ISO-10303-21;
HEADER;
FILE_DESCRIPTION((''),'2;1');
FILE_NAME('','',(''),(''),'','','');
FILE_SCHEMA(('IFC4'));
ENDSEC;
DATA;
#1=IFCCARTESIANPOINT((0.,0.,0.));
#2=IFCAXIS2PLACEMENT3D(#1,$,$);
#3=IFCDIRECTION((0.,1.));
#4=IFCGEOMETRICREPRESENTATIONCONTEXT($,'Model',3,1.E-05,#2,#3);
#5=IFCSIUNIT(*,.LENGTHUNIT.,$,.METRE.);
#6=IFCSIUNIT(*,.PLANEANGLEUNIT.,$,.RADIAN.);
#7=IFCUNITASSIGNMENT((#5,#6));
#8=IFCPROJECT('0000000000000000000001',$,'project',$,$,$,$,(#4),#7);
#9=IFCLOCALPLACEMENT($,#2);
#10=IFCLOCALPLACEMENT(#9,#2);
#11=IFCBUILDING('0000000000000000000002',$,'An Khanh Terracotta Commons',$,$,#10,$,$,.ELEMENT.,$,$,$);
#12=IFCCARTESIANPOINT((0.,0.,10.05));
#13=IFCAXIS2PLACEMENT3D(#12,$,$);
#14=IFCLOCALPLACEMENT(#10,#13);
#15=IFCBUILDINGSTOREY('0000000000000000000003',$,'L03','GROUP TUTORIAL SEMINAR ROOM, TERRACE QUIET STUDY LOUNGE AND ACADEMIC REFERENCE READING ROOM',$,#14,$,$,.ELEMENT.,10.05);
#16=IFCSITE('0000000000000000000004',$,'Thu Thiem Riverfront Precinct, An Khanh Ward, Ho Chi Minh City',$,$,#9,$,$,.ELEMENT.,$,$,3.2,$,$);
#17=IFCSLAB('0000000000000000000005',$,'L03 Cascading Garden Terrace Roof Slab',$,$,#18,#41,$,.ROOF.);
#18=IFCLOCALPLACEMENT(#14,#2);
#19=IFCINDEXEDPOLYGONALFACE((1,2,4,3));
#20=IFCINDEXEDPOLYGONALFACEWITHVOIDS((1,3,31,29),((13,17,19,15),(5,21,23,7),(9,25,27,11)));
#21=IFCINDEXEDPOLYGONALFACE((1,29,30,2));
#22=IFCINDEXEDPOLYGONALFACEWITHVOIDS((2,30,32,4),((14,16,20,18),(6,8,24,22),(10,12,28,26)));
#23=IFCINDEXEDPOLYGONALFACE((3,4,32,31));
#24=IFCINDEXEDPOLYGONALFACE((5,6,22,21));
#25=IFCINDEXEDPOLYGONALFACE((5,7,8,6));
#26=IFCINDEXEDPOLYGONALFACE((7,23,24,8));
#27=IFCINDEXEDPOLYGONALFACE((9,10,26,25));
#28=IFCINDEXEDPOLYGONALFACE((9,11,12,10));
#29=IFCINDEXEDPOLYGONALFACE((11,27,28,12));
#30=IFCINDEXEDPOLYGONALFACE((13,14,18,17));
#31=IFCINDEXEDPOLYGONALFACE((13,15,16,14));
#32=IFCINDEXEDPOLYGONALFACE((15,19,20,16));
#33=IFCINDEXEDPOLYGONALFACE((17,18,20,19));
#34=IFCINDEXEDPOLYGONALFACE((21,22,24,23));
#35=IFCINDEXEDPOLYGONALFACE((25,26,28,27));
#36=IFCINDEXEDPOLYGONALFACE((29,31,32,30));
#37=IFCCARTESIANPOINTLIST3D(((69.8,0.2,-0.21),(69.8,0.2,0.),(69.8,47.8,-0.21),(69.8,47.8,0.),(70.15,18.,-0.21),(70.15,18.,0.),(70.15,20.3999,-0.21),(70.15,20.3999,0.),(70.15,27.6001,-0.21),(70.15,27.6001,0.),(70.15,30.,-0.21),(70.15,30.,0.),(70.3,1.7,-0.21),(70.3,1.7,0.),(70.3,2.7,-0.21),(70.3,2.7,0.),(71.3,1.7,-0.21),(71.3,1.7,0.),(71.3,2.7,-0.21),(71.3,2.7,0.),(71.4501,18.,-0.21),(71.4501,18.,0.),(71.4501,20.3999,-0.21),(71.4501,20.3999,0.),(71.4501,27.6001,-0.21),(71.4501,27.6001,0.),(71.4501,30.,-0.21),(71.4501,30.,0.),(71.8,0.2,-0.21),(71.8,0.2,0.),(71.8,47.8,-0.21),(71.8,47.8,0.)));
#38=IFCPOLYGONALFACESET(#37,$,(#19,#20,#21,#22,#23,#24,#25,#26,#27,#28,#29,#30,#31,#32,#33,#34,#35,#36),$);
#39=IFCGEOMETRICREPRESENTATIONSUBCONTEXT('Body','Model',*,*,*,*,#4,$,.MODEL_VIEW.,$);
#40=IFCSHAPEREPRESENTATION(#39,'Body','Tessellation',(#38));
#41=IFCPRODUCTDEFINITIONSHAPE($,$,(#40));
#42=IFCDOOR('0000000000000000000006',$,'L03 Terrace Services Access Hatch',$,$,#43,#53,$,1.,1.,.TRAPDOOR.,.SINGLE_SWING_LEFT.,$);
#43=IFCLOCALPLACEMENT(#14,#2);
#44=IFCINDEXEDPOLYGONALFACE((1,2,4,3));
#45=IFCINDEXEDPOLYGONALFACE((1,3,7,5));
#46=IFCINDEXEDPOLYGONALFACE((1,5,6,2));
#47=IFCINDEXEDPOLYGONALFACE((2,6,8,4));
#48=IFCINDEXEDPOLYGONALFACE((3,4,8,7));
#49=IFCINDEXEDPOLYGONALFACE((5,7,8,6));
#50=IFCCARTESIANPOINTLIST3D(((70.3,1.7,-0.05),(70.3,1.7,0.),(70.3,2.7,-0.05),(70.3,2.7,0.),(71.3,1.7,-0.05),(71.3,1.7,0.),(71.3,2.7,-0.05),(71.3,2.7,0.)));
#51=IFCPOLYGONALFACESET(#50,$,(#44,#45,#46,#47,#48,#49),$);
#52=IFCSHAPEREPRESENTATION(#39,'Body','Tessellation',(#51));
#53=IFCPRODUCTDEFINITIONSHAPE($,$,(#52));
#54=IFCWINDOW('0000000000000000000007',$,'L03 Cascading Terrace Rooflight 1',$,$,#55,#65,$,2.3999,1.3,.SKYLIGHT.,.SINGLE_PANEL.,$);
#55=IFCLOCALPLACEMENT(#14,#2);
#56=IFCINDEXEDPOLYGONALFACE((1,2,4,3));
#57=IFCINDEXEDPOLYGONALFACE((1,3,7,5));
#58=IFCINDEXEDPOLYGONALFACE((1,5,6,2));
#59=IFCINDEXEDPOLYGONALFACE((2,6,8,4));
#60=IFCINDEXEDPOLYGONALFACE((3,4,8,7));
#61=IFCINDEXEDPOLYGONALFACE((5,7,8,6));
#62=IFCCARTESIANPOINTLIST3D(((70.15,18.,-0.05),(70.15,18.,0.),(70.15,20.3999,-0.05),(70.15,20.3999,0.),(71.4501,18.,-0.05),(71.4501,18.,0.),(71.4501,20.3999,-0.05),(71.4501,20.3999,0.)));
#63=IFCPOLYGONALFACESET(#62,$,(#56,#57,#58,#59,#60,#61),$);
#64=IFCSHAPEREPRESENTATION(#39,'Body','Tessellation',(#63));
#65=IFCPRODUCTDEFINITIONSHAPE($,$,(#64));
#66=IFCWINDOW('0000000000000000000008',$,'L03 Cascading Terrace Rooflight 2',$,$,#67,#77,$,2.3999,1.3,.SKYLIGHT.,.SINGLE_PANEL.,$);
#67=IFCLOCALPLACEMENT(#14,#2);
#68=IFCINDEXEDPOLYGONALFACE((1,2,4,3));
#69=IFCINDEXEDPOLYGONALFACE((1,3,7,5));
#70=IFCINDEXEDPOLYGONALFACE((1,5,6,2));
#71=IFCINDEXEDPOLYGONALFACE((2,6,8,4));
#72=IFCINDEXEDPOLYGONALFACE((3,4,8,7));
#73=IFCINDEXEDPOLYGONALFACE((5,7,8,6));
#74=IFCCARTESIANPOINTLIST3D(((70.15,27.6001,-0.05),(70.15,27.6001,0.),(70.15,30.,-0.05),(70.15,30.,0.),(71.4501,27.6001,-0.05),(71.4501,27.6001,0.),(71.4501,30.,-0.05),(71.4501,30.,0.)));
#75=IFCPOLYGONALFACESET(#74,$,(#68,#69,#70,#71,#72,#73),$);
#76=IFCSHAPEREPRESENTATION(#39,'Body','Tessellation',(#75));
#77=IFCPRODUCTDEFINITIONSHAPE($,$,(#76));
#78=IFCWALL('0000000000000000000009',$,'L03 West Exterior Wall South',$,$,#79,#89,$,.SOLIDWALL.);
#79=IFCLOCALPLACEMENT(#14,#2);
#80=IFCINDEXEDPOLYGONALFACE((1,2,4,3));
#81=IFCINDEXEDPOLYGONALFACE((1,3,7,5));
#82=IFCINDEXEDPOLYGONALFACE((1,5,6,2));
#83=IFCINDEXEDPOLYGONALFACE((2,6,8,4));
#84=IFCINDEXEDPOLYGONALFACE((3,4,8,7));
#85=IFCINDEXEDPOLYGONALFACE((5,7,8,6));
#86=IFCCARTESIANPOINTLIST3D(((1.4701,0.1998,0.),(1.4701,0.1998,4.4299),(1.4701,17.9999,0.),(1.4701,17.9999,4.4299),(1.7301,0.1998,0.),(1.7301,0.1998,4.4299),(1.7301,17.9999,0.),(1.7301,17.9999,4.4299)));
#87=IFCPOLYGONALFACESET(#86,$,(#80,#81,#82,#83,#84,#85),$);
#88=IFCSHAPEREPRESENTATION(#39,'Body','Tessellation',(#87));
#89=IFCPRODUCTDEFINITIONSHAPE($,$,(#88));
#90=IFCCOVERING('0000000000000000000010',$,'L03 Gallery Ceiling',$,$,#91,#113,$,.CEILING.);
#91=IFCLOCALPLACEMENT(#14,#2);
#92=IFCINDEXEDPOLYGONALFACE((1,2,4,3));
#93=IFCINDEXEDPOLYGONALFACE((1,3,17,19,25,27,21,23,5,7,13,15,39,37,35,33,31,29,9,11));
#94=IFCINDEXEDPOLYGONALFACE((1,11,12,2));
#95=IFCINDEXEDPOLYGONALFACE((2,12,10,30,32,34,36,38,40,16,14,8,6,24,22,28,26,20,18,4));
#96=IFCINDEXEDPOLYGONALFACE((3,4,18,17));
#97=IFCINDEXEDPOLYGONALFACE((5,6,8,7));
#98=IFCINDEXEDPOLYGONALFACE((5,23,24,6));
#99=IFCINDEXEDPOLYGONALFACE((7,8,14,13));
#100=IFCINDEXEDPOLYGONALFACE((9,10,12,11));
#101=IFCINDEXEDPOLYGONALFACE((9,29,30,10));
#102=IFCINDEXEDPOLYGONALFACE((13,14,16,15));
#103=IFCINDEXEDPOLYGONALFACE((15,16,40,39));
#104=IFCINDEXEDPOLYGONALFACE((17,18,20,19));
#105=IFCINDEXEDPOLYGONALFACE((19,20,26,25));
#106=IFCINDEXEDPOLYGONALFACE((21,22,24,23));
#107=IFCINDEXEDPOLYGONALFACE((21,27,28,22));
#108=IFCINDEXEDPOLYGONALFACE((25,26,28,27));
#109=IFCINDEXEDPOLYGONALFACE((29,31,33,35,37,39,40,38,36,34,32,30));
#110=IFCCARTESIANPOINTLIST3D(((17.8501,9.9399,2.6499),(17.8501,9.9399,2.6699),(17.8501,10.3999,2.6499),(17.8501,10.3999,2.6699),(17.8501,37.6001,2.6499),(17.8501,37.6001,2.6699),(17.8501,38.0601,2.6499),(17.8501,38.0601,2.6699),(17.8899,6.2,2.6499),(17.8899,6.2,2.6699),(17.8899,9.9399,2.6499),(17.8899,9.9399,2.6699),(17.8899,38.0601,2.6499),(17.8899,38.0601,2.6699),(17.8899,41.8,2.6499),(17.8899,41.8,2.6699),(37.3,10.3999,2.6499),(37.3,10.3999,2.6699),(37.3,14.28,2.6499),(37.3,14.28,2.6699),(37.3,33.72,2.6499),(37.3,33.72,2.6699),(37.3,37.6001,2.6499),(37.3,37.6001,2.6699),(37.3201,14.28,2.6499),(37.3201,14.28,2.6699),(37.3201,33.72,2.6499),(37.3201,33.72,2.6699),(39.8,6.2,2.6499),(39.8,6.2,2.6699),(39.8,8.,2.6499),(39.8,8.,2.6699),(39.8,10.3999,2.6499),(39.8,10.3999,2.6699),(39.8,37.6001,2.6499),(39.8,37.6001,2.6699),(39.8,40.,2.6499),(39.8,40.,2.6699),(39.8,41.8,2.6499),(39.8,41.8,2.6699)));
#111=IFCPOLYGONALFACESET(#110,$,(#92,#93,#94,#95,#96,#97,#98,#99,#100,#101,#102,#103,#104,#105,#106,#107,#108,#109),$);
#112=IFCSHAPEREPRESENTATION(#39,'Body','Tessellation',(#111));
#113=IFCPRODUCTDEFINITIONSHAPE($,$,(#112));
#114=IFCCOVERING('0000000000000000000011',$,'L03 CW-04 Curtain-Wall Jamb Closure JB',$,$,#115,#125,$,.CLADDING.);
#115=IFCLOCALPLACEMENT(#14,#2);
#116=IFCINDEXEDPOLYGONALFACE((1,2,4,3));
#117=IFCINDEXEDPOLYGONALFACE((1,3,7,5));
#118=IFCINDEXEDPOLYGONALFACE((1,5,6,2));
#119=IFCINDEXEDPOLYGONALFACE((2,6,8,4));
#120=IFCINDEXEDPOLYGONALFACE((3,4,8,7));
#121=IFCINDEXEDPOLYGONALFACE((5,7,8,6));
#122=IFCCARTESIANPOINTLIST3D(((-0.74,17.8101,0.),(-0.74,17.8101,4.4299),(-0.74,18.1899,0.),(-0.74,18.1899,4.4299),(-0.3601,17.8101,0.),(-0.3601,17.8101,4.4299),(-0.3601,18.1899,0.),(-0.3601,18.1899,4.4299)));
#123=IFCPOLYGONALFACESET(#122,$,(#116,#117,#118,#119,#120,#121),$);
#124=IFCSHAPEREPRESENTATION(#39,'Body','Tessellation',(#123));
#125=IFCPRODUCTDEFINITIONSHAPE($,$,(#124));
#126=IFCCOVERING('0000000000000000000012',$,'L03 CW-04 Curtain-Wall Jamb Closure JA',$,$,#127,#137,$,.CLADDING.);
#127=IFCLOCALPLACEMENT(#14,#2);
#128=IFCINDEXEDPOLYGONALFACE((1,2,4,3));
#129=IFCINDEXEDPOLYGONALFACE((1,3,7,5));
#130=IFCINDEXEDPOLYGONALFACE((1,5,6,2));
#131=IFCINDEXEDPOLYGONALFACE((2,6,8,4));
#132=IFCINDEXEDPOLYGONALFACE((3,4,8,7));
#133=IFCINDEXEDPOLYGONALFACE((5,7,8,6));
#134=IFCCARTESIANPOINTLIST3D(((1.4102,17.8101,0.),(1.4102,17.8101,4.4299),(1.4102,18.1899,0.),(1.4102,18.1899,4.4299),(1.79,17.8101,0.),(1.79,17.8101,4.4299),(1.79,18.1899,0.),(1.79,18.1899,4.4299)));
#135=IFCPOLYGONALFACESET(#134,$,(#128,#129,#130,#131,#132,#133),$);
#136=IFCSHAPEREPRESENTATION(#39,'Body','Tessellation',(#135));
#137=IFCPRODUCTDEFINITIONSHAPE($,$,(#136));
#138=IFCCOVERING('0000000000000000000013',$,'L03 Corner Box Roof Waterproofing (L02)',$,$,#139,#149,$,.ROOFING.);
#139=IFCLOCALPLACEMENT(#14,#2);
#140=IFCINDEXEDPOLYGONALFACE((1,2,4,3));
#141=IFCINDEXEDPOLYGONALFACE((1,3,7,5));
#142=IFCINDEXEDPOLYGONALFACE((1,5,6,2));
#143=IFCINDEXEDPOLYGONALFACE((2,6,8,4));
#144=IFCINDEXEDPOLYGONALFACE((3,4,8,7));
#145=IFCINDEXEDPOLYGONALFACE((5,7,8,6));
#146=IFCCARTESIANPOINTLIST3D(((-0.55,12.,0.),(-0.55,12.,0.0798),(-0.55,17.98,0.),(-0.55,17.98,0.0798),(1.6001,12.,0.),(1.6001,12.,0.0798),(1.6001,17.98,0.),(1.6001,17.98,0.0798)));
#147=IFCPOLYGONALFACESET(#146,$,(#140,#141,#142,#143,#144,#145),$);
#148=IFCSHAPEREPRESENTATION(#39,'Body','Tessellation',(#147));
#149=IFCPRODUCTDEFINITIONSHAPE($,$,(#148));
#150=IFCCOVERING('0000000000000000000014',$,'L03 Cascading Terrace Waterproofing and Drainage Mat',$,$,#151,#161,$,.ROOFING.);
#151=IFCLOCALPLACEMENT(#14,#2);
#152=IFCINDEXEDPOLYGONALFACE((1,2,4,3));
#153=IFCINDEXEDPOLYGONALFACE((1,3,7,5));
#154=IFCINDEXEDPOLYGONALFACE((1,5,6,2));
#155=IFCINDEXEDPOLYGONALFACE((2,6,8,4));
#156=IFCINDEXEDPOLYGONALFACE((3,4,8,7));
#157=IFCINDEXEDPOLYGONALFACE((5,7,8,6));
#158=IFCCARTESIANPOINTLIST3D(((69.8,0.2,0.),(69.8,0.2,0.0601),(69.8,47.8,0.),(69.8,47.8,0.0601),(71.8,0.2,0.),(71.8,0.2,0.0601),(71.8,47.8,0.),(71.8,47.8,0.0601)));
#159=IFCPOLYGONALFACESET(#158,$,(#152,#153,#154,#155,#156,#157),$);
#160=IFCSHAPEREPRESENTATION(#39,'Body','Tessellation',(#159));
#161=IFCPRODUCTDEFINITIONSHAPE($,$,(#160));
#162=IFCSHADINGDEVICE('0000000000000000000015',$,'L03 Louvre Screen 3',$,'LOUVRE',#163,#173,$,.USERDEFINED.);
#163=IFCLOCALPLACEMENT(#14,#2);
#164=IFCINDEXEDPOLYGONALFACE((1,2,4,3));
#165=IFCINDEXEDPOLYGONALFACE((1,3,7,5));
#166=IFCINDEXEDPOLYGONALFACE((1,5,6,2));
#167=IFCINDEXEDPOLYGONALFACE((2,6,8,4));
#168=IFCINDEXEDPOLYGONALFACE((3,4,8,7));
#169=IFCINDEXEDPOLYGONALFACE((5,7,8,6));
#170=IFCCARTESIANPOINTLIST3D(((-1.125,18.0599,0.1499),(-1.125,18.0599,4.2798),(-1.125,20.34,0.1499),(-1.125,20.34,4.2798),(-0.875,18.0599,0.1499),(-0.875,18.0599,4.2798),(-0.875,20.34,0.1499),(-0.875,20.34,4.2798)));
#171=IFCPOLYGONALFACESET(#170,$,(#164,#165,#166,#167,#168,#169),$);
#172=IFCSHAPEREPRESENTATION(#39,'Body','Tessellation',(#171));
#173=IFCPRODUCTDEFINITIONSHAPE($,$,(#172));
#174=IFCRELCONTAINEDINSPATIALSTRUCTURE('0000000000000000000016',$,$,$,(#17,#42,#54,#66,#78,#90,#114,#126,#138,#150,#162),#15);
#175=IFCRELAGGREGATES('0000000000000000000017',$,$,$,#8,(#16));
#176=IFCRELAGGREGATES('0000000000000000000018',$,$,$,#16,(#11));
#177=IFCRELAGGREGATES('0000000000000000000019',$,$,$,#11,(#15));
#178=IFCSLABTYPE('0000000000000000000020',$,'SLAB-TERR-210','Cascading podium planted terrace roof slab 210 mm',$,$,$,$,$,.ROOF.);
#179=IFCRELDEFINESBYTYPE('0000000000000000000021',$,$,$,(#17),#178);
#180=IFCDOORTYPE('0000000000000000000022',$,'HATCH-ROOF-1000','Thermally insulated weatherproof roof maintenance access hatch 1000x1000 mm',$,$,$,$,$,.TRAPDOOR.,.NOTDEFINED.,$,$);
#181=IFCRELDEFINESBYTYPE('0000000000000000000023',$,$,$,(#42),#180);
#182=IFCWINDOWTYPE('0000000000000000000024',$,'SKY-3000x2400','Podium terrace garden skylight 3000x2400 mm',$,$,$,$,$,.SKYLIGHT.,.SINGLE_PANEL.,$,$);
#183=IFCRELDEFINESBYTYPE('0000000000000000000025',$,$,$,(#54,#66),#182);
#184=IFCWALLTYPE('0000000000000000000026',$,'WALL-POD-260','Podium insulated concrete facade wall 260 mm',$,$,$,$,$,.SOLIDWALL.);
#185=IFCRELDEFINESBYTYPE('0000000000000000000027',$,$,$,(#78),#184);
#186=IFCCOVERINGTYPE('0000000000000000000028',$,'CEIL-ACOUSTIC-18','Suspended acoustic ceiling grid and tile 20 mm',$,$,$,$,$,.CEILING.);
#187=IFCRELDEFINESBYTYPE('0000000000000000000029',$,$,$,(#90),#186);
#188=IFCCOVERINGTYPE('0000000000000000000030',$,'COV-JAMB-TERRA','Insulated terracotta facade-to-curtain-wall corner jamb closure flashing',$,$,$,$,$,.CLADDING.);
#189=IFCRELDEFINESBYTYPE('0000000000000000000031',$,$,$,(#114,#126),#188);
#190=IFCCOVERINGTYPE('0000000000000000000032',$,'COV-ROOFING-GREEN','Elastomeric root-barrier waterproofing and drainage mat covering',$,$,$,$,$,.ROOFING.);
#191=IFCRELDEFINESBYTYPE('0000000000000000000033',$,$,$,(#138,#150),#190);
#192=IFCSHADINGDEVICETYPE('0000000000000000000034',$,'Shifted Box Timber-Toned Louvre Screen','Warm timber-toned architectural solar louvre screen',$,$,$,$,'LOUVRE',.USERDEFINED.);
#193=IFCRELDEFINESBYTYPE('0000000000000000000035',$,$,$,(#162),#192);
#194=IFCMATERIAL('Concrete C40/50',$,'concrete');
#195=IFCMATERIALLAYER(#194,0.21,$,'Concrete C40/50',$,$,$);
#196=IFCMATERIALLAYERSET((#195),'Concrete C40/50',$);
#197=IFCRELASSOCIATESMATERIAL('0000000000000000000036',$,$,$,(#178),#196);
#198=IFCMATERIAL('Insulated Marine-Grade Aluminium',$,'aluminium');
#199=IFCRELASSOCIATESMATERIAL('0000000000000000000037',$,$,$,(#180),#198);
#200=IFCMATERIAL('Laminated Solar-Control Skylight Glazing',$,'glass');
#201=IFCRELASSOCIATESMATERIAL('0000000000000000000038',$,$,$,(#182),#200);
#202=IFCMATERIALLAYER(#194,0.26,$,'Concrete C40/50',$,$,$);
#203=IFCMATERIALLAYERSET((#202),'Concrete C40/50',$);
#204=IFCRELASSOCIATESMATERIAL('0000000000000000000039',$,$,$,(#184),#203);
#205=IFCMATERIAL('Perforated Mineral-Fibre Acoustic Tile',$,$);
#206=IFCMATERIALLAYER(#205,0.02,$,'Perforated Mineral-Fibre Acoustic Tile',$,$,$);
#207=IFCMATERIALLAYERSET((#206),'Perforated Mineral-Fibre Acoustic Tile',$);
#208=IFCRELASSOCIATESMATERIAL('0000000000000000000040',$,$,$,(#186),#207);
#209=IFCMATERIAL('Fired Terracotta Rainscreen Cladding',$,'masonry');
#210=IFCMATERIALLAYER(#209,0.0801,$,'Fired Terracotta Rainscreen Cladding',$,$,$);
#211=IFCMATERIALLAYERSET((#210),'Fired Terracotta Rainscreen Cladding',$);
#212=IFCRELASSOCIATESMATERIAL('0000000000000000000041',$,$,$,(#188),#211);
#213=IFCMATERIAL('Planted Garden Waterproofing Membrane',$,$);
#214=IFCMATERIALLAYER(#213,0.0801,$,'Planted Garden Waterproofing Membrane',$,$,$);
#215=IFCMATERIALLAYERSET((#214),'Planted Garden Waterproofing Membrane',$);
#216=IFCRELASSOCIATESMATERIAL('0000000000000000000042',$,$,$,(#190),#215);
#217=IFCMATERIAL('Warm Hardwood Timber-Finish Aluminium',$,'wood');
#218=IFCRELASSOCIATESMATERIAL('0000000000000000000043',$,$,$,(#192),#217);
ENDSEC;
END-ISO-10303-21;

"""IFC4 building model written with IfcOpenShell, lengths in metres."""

from ifc_helpers import new_model, si_unit, direction, frame, frame_2d, origin, origin_2d, place, context, subcontext, project, spatial, polyline, rectangle, outline, extrude, material, layer, layer_set, type_object, element, fill, save


model = new_model("IFC4")

# Units and contexts
model_context = context("Model", 3, precision=1e-05, world=origin(), true_north=direction((0.0, 1.0)))
body_context = subcontext(model_context, "Body", "Model", "MODEL_VIEW")
ifc_project = project(units=[si_unit("LENGTHUNIT", "METRE"), si_unit("PLANEANGLEUNIT", "RADIAN")], contexts=[model_context])

# Site, building, storey
site_placement = place(None, origin())
site = spatial("IfcSite", under=ifc_project, at=site_placement, Name="Thu Thiem Riverfront Precinct, An Khanh Ward, Ho Chi Minh City", CompositionType="ELEMENT", RefElevation=3.2)
building_placement = place(site_placement, origin())
building = spatial("IfcBuilding", under=site, at=building_placement, Name="An Khanh Terracotta Commons", CompositionType="ELEMENT")
storey_placement = place(building_placement, frame((0.0, 0.0, 10.05)))
storey = spatial("IfcBuildingStorey", under=building, at=storey_placement, Name="L03", Description="GROUP TUTORIAL SEMINAR ROOM, TERRACE QUIET STUDY LOUNGE AND ACADEMIC REFERENCE READING ROOM", CompositionType="ELEMENT", Elevation=10.05)

# Shared definitions
ifc_material_1 = material(Name="Concrete C40/50", Category="concrete")

# Slab, openings, door, windows
ifc_layer_1 = layer(ifc_material_1, 0.21, Name="Concrete C40/50")
ifc_layer_set_1 = layer_set([ifc_layer_1], Name="Concrete C40/50")
slab_type_1 = type_object("IfcSlabType", Name="SLAB-TERR-210", Description="Cascading podium planted terrace roof slab 210 mm", PredefinedType="ROOF", material=ifc_layer_set_1)
slab_1_placement = place(storey_placement, frame((0.0, 0.0, -0.21)))
slab_1 = element("IfcSlab", 1, at=slab_1_placement, inside=storey, type_object=slab_type_1, Name="L03 Cascading Garden Terrace Roof Slab", PredefinedType="ROOF", context=body_context, shape_type="SweptSolid", body=[
    extrude(outline(polyline([(69.8, 0.2), (71.8, 0.2), (71.8, 47.8), (69.8, 47.8), (69.8, 0.2)])), origin(), (0.0, 0.0, 1.0), 0.21),
])
opening_1_placement = place(slab_1_placement, frame((70.8, 19.2, 0.0)))
opening_1 = element("IfcOpeningElement", 2, at=opening_1_placement, cuts=slab_1, PredefinedType="OPENING", context=body_context, shape_type="SweptSolid", body=[
    extrude(rectangle(XDim=1.3, YDim=2.3999, at=origin_2d()), frame((0.0, 0.0, -0.01)), (0.0, 0.0, 1.0), 0.23),
])
opening_2_placement = place(slab_1_placement, frame((70.8, 28.8, 0.0)))
opening_2 = element("IfcOpeningElement", 3, at=opening_2_placement, cuts=slab_1, PredefinedType="OPENING", context=body_context, shape_type="SweptSolid", body=[
    extrude(rectangle(XDim=1.3, YDim=2.3999, at=origin_2d()), frame((0.0, 0.0, -0.01)), (0.0, 0.0, 1.0), 0.23),
])
opening_3_placement = place(slab_1_placement, frame((70.8, 2.2, 0.0)))
opening_3 = element("IfcOpeningElement", 4, at=opening_3_placement, cuts=slab_1, PredefinedType="OPENING", context=body_context, shape_type="SweptSolid", body=[
    extrude(rectangle(XDim=1.0, YDim=1.0, at=origin_2d()), frame((0.0, 0.0, -0.01)), (0.0, 0.0, 1.0), 0.23),
])
ifc_material_2 = material(Name="Insulated Marine-Grade Aluminium", Category="aluminium")
door_type = type_object("IfcDoorType", Name="HATCH-ROOF-1000", Description="Thermally insulated weatherproof roof maintenance access hatch 1000x1000 mm", OperationType="NOTDEFINED", PredefinedType="TRAPDOOR", material=ifc_material_2)
door_placement = place(opening_3_placement, frame((0.0, 0.0, 0.1599)))
door = element("IfcDoor", 5, at=door_placement, inside=storey, type_object=door_type, Name="L03 Terrace Services Access Hatch", OperationType="SINGLE_SWING_LEFT", OverallHeight=1.0, OverallWidth=1.0, PredefinedType="TRAPDOOR", context=body_context, shape_type="SweptSolid", body=[
    extrude(rectangle(XDim=1.0, YDim=1.0, at=origin_2d()), origin(), (0.0, 0.0, 1.0), 0.05),
])
fill(opening_3, door)
ifc_material_3 = material(Name="Laminated Solar-Control Skylight Glazing", Category="glass")
window_type = type_object("IfcWindowType", Name="SKY-3000x2400", Description="Podium terrace garden skylight 3000x2400 mm", PartitioningType="SINGLE_PANEL", PredefinedType="SKYLIGHT", material=ifc_material_3)
window_1_placement = place(opening_1_placement, frame((0.0, 0.0, 0.1599)))
window_1 = element("IfcWindow", 6, at=window_1_placement, inside=storey, type_object=window_type, Name="L03 Cascading Terrace Rooflight 1", OverallHeight=2.3999, OverallWidth=1.3, PartitioningType="SINGLE_PANEL", PredefinedType="SKYLIGHT", context=body_context, shape_type="SweptSolid", body=[
    extrude(rectangle(XDim=1.3, YDim=2.3999, at=origin_2d()), origin(), (0.0, 0.0, 1.0), 0.05),
])
fill(opening_1, window_1)
window_2_placement = place(opening_2_placement, frame((0.0, 0.0, 0.1599)))
window_2 = element("IfcWindow", 7, at=window_2_placement, inside=storey, type_object=window_type, Name="L03 Cascading Terrace Rooflight 2", OverallHeight=2.3999, OverallWidth=1.3, PartitioningType="SINGLE_PANEL", PredefinedType="SKYLIGHT", context=body_context, shape_type="SweptSolid", body=[
    extrude(rectangle(XDim=1.3, YDim=2.3999, at=origin_2d()), origin(), (0.0, 0.0, 1.0), 0.05),
])
fill(opening_2, window_2)

# Wall
ifc_layer_2 = layer(ifc_material_1, 0.26, Name="Concrete C40/50")
ifc_layer_set_2 = layer_set([ifc_layer_2], Name="Concrete C40/50")
wall_type = type_object("IfcWallType", Name="WALL-POD-260", Description="Podium insulated concrete facade wall 260 mm", PredefinedType="SOLIDWALL", material=ifc_layer_set_2)
wall_placement = place(storey_placement, frame((1.6001, 0.2, 0.0), z_axis=(0.0, 0.0, 1.0), x_axis=(0.0, 1.0, 0.0)))
element("IfcWall", 8, at=wall_placement, inside=storey, type_object=wall_type, Name="L03 West Exterior Wall South", PredefinedType="SOLIDWALL", context=body_context, shape_type="SweptSolid", body=[
    extrude(rectangle(XDim=17.8, YDim=0.26, at=frame_2d((8.8999, 0.0))), origin(), (0.0, 0.0, 1.0), 4.4299),
])

# Coverings
ifc_material_4 = material(Name="Perforated Mineral-Fibre Acoustic Tile")
ifc_layer_3 = layer(ifc_material_4, 0.02, Name="Perforated Mineral-Fibre Acoustic Tile")
ifc_layer_set_3 = layer_set([ifc_layer_3], Name="Perforated Mineral-Fibre Acoustic Tile")
covering_type_1 = type_object("IfcCoveringType", Name="CEIL-ACOUSTIC-18", Description="Suspended acoustic ceiling grid and tile 20 mm", PredefinedType="CEILING", material=ifc_layer_set_3)
covering_1_placement = place(storey_placement, frame((0.0, 0.0, 2.6499)))
element("IfcCovering", 9, at=covering_1_placement, inside=storey, type_object=covering_type_1, Name="L03 Gallery Ceiling", PredefinedType="CEILING", context=body_context, shape_type="SweptSolid", body=[
    extrude(outline(polyline([(17.8899, 6.2), (17.8899, 9.9399), (17.8501, 9.9399), (17.8501, 10.3999), (37.3, 10.3999), (37.3, 14.28), (37.3201, 14.28), (37.3201, 33.72), (37.3, 33.72), (37.3, 37.6001), (17.8501, 37.6001), (17.8501, 38.0601), (17.8899, 38.0601), (17.8899, 41.8), (39.8, 41.8), (39.8, 40.0), (39.8, 37.6001), (39.8, 10.3999), (39.8, 8.0), (39.8, 6.2), (17.8899, 6.2)])), origin(), (0.0, 0.0, 1.0), 0.02),
])
ifc_material_5 = material(Name="Fired Terracotta Rainscreen Cladding", Category="masonry")
ifc_layer_4 = layer(ifc_material_5, 0.0801, Name="Fired Terracotta Rainscreen Cladding")
ifc_layer_set_4 = layer_set([ifc_layer_4], Name="Fired Terracotta Rainscreen Cladding")
covering_type_2 = type_object("IfcCoveringType", Name="COV-JAMB-TERRA", Description="Insulated terracotta facade-to-curtain-wall corner jamb closure flashing", PredefinedType="CLADDING", material=ifc_layer_set_4)
for number, where, z_axis, x_axis, name in (
    (10, (-0.55, 18.0, 0.0), (0.0, 0.0, 1.0), (1.0, 0.0, 0.0), "L03 CW-04 Curtain-Wall Jamb Closure JB"),
    (11, (1.6001, 18.0, 0.0), (0.0, 0.0, 1.0), (1.0, 0.0, 0.0), "L03 CW-04 Curtain-Wall Jamb Closure JA"),
):
    element("IfcCovering", number, at=place(storey_placement, frame(where, z_axis=z_axis, x_axis=x_axis)), inside=storey, type_object=covering_type_2, Name=name, PredefinedType="CLADDING", context=body_context, shape_type="SweptSolid", body=[
        extrude(rectangle(XDim=0.3799, YDim=0.3799, at=origin_2d()), origin(), (0.0, 0.0, 1.0), 4.4299),
    ])
ifc_material_6 = material(Name="Planted Garden Waterproofing Membrane")
ifc_layer_5 = layer(ifc_material_6, 0.0801, Name="Planted Garden Waterproofing Membrane")
ifc_layer_set_5 = layer_set([ifc_layer_5], Name="Planted Garden Waterproofing Membrane")
covering_type_3 = type_object("IfcCoveringType", Name="COV-ROOFING-GREEN", Description="Elastomeric root-barrier waterproofing and drainage mat covering", PredefinedType="ROOFING", material=ifc_layer_set_5)
covering_2_placement = place(storey_placement, origin())
element("IfcCovering", 12, at=covering_2_placement, inside=storey, type_object=covering_type_3, Name="L03 Corner Box Roof Waterproofing (L02)", PredefinedType="ROOFING", context=body_context, shape_type="SweptSolid", body=[
    extrude(outline(polyline([(1.6001, 12.0), (-0.55, 12.0), (-0.55, 17.98), (1.6001, 17.98), (1.6001, 12.0)])), origin(), (0.0, 0.0, 1.0), 0.0798),
])
covering_3_placement = place(storey_placement, origin())
element("IfcCovering", 13, at=covering_3_placement, inside=storey, type_object=covering_type_3, Name="L03 Cascading Terrace Waterproofing and Drainage Mat", PredefinedType="ROOFING", context=body_context, shape_type="SweptSolid", body=[
    extrude(outline(polyline([(69.8, 0.2), (71.8, 0.2), (71.8, 47.8), (69.8, 47.8), (69.8, 0.2)])), origin(), (0.0, 0.0, 1.0), 0.0601),
])

# Shading device
ifc_material_7 = material(Name="Warm Hardwood Timber-Finish Aluminium", Category="wood")
shading_device_type = type_object("IfcShadingDeviceType", Name="Shifted Box Timber-Toned Louvre Screen", Description="Warm timber-toned architectural solar louvre screen", ElementType="LOUVRE", PredefinedType="USERDEFINED", material=ifc_material_7)
shading_device_1_placement = place(storey_placement, frame((-1.0, 19.2, 0.1499), z_axis=(0.0, 0.0, 1.0), x_axis=(0.0, -1.0, 0.0)))
element("IfcShadingDevice", 14, at=shading_device_1_placement, inside=storey, type_object=shading_device_type, Name="L03 Louvre Screen 3", ObjectType="LOUVRE", PredefinedType="USERDEFINED", context=body_context, shape_type="SweptSolid", body=[
    extrude(rectangle(XDim=2.28, YDim=0.25, at=origin_2d()), origin(), (0.0, 0.0, 1.0), 4.1299),
])

save(model, "model.ifc")
